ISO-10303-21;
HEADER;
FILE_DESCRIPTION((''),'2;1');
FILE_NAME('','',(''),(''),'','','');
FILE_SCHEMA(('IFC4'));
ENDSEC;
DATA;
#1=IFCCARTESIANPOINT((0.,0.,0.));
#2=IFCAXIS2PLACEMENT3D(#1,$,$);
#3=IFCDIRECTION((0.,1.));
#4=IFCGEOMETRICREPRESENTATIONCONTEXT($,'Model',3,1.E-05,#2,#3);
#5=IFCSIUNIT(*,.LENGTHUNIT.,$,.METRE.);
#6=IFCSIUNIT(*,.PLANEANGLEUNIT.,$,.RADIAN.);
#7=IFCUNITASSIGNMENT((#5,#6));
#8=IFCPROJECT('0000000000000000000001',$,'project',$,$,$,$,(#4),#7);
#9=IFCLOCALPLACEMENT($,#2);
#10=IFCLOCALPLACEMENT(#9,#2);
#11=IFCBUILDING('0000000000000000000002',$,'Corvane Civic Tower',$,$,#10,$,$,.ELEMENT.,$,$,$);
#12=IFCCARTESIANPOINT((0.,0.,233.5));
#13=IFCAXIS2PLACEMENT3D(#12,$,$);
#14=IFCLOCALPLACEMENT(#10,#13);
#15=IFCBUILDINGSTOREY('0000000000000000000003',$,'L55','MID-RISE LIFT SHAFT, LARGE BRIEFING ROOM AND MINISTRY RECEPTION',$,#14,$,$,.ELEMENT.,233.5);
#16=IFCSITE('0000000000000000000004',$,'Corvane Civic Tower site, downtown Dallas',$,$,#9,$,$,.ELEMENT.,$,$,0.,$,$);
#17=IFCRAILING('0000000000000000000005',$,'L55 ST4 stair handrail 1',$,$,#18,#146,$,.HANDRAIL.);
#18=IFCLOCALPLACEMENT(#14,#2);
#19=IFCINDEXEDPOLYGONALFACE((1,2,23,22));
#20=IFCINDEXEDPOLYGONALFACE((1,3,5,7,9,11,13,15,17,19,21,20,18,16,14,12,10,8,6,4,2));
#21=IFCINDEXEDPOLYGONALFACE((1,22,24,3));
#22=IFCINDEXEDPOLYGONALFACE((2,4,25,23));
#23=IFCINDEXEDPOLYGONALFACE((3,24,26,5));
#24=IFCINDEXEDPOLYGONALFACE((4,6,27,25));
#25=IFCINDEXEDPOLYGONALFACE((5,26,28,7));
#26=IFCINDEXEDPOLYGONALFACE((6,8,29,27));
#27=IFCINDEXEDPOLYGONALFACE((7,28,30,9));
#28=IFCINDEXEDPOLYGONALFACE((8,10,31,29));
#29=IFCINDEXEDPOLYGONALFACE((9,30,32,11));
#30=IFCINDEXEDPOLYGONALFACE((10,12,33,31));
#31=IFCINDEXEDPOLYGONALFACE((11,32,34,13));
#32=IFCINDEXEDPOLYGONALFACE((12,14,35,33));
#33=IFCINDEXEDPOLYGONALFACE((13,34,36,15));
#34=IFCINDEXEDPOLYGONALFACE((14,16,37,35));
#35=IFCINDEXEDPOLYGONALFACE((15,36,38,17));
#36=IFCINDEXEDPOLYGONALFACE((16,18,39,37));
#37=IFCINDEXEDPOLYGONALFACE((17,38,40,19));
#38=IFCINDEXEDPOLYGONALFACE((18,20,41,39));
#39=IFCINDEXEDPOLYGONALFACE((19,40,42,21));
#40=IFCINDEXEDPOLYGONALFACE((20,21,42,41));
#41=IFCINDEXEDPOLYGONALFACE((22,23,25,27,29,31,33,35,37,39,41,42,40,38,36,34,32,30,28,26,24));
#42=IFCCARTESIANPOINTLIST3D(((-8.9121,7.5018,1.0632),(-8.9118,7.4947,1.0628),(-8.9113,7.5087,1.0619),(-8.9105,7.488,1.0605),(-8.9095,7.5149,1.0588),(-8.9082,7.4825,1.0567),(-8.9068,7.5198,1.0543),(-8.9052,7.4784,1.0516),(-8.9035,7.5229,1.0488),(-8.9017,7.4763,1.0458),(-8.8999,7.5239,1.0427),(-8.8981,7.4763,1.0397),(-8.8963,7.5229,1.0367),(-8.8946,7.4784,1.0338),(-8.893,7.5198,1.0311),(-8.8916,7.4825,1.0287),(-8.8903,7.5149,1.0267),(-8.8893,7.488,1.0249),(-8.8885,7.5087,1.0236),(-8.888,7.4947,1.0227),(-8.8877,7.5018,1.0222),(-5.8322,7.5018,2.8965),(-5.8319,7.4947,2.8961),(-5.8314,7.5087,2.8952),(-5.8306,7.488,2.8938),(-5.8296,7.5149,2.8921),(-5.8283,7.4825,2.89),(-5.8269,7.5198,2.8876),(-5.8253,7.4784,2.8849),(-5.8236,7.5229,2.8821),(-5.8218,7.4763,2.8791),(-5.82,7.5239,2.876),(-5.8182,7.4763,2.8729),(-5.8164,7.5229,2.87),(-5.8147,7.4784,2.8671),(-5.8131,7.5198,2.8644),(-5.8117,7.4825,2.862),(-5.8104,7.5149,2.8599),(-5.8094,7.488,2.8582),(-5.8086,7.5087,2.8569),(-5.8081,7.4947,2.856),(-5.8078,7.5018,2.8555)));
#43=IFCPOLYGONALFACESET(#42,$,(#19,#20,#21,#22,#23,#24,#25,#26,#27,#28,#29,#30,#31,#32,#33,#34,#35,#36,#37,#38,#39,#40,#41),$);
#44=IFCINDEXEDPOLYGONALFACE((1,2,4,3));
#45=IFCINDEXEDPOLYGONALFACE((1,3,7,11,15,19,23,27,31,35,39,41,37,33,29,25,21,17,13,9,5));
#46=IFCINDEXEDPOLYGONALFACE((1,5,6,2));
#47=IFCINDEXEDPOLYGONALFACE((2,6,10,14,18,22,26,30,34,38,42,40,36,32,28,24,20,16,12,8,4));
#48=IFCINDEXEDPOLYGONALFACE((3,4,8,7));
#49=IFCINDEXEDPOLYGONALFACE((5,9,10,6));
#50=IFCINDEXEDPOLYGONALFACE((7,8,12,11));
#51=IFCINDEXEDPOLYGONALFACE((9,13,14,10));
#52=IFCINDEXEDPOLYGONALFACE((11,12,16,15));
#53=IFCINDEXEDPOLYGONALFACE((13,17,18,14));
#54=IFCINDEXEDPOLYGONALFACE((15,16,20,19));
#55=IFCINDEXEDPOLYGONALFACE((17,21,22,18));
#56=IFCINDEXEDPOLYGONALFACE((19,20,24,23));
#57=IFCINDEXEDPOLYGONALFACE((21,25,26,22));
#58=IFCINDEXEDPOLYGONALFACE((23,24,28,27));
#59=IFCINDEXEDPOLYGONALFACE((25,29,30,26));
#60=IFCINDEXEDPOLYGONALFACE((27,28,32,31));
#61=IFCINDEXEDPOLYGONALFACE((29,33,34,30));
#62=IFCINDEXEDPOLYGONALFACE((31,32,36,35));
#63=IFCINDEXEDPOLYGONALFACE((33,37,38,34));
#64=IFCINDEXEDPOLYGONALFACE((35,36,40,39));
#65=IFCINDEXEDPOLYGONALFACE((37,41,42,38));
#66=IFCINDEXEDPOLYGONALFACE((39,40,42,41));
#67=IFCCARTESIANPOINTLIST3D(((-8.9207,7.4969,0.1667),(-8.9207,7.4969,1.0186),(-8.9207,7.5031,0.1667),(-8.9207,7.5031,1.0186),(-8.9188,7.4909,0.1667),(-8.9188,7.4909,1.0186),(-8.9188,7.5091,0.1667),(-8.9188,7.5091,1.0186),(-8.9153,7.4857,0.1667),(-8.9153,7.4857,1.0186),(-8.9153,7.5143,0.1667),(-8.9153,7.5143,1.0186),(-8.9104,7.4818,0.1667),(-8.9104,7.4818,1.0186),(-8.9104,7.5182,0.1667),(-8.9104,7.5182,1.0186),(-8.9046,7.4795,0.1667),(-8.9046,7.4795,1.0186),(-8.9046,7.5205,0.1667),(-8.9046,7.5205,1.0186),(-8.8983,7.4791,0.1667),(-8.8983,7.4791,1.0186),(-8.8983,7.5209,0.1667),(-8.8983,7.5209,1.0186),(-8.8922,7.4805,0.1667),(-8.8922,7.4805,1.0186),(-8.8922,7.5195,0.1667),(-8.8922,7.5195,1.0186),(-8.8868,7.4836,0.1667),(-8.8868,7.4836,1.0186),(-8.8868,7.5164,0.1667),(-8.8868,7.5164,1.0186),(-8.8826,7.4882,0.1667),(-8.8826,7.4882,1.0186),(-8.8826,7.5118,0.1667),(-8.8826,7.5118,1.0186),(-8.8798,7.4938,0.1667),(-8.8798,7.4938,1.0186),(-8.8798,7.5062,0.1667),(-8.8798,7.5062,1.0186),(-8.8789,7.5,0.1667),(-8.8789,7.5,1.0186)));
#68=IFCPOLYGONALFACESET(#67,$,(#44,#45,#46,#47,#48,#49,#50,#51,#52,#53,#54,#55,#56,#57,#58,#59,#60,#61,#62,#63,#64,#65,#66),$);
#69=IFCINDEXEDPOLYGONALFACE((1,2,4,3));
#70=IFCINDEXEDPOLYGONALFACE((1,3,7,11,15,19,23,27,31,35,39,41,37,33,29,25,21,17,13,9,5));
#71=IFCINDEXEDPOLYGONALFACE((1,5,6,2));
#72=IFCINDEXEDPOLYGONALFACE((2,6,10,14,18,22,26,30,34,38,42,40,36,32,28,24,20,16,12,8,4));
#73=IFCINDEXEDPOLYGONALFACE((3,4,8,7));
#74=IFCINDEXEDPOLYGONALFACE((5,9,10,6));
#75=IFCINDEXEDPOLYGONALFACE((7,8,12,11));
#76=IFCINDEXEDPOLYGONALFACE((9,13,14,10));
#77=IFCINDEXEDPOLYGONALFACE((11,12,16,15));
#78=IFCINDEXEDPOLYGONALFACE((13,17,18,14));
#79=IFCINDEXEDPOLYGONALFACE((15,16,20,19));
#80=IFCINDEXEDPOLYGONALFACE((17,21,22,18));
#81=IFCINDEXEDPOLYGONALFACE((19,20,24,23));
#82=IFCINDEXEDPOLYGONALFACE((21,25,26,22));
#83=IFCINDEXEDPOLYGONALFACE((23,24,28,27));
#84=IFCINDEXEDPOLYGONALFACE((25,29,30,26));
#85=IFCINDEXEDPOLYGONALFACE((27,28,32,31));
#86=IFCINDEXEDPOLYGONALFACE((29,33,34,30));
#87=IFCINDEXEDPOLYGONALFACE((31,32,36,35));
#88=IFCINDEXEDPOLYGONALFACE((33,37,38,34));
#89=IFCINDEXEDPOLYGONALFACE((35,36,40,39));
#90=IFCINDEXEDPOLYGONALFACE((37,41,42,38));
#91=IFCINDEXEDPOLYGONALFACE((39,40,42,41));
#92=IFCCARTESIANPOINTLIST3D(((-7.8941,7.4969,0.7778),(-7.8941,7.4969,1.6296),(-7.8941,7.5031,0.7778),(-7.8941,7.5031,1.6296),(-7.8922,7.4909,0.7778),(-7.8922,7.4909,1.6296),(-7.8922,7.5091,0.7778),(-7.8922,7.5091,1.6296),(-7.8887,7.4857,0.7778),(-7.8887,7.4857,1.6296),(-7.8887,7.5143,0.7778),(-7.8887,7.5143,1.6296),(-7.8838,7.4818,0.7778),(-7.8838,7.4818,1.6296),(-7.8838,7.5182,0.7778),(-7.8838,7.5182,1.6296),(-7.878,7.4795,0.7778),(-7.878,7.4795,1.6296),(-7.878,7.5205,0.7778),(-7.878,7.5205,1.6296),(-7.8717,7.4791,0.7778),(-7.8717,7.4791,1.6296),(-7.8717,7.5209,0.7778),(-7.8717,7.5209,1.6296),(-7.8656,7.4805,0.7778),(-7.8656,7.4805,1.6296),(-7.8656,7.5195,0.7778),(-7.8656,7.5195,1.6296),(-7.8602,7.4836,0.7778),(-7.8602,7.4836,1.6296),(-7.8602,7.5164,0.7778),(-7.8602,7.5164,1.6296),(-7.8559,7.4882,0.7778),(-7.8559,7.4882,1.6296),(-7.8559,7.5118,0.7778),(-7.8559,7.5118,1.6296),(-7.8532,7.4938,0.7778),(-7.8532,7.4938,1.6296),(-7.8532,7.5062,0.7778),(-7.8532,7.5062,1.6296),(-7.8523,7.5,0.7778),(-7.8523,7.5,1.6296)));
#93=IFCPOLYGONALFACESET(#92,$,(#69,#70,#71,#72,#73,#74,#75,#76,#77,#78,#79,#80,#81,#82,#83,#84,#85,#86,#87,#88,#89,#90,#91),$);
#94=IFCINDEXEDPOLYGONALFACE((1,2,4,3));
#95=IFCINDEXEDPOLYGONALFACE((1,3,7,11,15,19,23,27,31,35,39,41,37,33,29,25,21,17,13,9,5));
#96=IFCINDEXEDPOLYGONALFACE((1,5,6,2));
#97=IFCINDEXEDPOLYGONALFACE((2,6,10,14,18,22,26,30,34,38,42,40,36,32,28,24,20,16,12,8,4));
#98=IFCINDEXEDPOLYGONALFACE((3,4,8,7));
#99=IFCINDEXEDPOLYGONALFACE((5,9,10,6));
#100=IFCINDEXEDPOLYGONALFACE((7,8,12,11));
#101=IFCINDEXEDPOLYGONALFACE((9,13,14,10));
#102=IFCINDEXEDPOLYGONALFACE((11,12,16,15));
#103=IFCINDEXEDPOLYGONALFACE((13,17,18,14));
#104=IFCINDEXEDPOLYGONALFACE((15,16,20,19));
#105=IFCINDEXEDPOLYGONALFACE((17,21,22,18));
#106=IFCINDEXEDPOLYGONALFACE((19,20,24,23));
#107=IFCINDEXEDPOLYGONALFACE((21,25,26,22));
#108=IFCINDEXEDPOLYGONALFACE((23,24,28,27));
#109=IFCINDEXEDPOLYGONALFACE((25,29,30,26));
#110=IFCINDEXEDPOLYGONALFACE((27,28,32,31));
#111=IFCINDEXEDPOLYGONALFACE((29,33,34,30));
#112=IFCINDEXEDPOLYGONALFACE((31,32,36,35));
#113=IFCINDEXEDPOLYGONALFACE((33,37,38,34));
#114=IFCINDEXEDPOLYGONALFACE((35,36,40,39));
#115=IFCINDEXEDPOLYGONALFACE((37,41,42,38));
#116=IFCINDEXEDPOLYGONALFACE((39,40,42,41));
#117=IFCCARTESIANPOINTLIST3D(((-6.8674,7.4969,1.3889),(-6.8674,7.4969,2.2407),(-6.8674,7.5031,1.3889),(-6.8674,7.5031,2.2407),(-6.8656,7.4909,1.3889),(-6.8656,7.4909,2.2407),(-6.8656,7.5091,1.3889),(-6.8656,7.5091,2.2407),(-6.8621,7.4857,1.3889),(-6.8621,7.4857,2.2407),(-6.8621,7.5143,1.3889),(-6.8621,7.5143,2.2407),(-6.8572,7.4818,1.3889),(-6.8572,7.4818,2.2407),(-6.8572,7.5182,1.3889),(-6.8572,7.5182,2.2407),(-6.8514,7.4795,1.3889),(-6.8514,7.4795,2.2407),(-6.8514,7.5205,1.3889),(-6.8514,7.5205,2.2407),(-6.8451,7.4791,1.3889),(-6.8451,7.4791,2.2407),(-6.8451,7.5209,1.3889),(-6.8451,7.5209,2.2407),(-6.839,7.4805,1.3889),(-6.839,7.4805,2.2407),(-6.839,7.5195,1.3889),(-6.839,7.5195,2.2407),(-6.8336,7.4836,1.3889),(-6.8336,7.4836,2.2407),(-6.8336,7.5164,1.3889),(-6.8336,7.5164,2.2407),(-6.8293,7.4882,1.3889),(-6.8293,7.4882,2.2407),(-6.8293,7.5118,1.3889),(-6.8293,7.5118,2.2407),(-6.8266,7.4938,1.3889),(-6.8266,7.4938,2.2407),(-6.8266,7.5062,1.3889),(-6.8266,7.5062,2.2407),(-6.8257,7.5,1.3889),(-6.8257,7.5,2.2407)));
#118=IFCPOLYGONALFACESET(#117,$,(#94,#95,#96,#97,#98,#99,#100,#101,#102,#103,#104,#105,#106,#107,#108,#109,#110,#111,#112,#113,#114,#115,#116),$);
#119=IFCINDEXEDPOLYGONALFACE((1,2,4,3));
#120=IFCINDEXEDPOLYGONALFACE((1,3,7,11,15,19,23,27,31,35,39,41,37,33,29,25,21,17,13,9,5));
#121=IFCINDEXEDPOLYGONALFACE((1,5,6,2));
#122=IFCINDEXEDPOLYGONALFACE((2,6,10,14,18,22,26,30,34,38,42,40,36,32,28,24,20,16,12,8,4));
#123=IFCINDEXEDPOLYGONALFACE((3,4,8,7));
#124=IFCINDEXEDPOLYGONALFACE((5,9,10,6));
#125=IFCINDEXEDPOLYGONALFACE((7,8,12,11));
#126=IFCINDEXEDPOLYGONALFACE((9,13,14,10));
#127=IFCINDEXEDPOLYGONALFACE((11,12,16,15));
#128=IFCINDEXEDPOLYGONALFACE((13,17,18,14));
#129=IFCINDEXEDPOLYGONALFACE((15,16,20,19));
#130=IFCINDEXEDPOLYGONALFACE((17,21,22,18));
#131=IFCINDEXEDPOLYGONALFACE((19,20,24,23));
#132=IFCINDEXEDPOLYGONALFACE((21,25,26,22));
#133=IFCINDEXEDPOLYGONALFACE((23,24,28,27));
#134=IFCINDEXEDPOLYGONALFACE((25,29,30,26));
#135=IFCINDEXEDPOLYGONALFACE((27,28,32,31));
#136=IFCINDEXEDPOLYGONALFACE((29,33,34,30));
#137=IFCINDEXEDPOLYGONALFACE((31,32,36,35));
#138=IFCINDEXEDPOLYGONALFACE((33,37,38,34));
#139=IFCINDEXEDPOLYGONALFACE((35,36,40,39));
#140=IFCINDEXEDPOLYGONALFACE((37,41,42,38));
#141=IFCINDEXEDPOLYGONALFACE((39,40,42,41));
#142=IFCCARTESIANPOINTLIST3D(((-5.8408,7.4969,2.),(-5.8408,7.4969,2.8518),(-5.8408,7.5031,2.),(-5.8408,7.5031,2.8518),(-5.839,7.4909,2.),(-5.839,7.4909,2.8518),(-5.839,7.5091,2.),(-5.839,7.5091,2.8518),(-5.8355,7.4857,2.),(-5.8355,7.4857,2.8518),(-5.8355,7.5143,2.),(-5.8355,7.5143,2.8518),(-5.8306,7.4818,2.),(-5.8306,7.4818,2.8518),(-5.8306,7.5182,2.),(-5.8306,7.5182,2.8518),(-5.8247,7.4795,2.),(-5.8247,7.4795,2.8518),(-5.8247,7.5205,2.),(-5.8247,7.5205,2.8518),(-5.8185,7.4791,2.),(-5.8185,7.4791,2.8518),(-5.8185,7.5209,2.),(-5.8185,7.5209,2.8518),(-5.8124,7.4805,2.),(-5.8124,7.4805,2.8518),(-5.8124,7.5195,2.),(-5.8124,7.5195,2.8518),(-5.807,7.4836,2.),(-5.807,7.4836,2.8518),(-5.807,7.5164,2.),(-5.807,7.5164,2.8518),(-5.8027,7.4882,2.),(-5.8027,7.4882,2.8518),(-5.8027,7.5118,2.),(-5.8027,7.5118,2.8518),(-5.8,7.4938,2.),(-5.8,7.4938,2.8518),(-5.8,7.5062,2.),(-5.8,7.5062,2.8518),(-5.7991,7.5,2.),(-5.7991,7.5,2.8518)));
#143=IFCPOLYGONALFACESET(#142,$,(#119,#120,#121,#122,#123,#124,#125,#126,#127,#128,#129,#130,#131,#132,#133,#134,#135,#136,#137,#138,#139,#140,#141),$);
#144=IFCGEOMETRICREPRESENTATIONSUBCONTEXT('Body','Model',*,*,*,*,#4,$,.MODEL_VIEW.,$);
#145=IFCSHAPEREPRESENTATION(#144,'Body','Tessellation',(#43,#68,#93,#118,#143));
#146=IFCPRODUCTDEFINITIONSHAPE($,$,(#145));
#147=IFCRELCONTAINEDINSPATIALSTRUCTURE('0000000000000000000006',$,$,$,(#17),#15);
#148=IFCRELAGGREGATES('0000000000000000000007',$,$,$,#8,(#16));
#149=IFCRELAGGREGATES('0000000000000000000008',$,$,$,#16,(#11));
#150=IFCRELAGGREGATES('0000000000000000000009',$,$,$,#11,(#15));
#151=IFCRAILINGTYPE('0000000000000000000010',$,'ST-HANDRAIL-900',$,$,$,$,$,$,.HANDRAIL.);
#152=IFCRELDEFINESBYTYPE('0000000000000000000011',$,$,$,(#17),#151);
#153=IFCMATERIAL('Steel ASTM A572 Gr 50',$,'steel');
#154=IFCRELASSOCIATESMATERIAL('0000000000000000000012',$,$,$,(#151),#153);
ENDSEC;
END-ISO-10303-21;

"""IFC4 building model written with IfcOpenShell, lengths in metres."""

from ifc_helpers import new_model, si_unit, direction, frame, origin, origin_2d, place, context, subcontext, project, spatial, circle, extrude, material, type_object, element, save


model = new_model("IFC4")

# Units and contexts
model_context = context("Model", 3, precision=1e-05, world=origin(), true_north=direction((0.0, 1.0)))
body_context = subcontext(model_context, "Body", "Model", "MODEL_VIEW")
ifc_project = project(units=[si_unit("LENGTHUNIT", "METRE"), si_unit("PLANEANGLEUNIT", "RADIAN")], contexts=[model_context])

# Site, building, storey
site_placement = place(None, origin())
site = spatial("IfcSite", under=ifc_project, at=site_placement, Name="Corvane Civic Tower site, downtown Dallas", CompositionType="ELEMENT", RefElevation=0.0)
building_placement = place(site_placement, origin())
building = spatial("IfcBuilding", under=site, at=building_placement, Name="Corvane Civic Tower", CompositionType="ELEMENT")
storey_placement = place(building_placement, frame((0.0, 0.0, 233.5)))
storey = spatial("IfcBuildingStorey", under=building, at=storey_placement, Name="L55", Description="MID-RISE LIFT SHAFT, LARGE BRIEFING ROOM AND MINISTRY RECEPTION", CompositionType="ELEMENT", Elevation=233.5)

# Railing
ifc_material_1 = material(Name="Steel ASTM A572 Gr 50", Category="steel")
railing_type_1 = type_object("IfcRailingType", Name="ST-HANDRAIL-900", PredefinedType="HANDRAIL", material=ifc_material_1)
railing_1_placement = place(storey_placement, frame((-8.8999, 7.5, 0.1667)))
element("IfcRailing", 1, at=railing_1_placement, inside=storey, type_object=railing_type_1, Name="L55 ST4 stair handrail 1", PredefinedType="HANDRAIL", context=body_context, shape_type="SweptSolid", body=[
    extrude(circle(Radius=0.0239, at=origin_2d()), frame((0.0, 0.0, 0.876), z_axis=(0.859291, 0.0, 0.511487), x_axis=(0.0, 1.0, 0.0)), (0.0, 0.0, 1.0), 3.5842),
    extrude(circle(Radius=0.021, at=origin_2d()), origin(), (0.0, 0.0, 1.0), 0.8518),
    extrude(circle(Radius=0.021, at=origin_2d()), frame((1.0266, 0.0, 0.6111)), (0.0, 0.0, 1.0), 0.8518),
    extrude(circle(Radius=0.021, at=origin_2d()), frame((2.0532, 0.0, 1.2222)), (0.0, 0.0, 1.0), 0.8518),
    extrude(circle(Radius=0.021, at=origin_2d()), frame((3.0798, 0.0, 1.8333)), (0.0, 0.0, 1.0), 0.8518),
])

save(model, "model.ifc")
